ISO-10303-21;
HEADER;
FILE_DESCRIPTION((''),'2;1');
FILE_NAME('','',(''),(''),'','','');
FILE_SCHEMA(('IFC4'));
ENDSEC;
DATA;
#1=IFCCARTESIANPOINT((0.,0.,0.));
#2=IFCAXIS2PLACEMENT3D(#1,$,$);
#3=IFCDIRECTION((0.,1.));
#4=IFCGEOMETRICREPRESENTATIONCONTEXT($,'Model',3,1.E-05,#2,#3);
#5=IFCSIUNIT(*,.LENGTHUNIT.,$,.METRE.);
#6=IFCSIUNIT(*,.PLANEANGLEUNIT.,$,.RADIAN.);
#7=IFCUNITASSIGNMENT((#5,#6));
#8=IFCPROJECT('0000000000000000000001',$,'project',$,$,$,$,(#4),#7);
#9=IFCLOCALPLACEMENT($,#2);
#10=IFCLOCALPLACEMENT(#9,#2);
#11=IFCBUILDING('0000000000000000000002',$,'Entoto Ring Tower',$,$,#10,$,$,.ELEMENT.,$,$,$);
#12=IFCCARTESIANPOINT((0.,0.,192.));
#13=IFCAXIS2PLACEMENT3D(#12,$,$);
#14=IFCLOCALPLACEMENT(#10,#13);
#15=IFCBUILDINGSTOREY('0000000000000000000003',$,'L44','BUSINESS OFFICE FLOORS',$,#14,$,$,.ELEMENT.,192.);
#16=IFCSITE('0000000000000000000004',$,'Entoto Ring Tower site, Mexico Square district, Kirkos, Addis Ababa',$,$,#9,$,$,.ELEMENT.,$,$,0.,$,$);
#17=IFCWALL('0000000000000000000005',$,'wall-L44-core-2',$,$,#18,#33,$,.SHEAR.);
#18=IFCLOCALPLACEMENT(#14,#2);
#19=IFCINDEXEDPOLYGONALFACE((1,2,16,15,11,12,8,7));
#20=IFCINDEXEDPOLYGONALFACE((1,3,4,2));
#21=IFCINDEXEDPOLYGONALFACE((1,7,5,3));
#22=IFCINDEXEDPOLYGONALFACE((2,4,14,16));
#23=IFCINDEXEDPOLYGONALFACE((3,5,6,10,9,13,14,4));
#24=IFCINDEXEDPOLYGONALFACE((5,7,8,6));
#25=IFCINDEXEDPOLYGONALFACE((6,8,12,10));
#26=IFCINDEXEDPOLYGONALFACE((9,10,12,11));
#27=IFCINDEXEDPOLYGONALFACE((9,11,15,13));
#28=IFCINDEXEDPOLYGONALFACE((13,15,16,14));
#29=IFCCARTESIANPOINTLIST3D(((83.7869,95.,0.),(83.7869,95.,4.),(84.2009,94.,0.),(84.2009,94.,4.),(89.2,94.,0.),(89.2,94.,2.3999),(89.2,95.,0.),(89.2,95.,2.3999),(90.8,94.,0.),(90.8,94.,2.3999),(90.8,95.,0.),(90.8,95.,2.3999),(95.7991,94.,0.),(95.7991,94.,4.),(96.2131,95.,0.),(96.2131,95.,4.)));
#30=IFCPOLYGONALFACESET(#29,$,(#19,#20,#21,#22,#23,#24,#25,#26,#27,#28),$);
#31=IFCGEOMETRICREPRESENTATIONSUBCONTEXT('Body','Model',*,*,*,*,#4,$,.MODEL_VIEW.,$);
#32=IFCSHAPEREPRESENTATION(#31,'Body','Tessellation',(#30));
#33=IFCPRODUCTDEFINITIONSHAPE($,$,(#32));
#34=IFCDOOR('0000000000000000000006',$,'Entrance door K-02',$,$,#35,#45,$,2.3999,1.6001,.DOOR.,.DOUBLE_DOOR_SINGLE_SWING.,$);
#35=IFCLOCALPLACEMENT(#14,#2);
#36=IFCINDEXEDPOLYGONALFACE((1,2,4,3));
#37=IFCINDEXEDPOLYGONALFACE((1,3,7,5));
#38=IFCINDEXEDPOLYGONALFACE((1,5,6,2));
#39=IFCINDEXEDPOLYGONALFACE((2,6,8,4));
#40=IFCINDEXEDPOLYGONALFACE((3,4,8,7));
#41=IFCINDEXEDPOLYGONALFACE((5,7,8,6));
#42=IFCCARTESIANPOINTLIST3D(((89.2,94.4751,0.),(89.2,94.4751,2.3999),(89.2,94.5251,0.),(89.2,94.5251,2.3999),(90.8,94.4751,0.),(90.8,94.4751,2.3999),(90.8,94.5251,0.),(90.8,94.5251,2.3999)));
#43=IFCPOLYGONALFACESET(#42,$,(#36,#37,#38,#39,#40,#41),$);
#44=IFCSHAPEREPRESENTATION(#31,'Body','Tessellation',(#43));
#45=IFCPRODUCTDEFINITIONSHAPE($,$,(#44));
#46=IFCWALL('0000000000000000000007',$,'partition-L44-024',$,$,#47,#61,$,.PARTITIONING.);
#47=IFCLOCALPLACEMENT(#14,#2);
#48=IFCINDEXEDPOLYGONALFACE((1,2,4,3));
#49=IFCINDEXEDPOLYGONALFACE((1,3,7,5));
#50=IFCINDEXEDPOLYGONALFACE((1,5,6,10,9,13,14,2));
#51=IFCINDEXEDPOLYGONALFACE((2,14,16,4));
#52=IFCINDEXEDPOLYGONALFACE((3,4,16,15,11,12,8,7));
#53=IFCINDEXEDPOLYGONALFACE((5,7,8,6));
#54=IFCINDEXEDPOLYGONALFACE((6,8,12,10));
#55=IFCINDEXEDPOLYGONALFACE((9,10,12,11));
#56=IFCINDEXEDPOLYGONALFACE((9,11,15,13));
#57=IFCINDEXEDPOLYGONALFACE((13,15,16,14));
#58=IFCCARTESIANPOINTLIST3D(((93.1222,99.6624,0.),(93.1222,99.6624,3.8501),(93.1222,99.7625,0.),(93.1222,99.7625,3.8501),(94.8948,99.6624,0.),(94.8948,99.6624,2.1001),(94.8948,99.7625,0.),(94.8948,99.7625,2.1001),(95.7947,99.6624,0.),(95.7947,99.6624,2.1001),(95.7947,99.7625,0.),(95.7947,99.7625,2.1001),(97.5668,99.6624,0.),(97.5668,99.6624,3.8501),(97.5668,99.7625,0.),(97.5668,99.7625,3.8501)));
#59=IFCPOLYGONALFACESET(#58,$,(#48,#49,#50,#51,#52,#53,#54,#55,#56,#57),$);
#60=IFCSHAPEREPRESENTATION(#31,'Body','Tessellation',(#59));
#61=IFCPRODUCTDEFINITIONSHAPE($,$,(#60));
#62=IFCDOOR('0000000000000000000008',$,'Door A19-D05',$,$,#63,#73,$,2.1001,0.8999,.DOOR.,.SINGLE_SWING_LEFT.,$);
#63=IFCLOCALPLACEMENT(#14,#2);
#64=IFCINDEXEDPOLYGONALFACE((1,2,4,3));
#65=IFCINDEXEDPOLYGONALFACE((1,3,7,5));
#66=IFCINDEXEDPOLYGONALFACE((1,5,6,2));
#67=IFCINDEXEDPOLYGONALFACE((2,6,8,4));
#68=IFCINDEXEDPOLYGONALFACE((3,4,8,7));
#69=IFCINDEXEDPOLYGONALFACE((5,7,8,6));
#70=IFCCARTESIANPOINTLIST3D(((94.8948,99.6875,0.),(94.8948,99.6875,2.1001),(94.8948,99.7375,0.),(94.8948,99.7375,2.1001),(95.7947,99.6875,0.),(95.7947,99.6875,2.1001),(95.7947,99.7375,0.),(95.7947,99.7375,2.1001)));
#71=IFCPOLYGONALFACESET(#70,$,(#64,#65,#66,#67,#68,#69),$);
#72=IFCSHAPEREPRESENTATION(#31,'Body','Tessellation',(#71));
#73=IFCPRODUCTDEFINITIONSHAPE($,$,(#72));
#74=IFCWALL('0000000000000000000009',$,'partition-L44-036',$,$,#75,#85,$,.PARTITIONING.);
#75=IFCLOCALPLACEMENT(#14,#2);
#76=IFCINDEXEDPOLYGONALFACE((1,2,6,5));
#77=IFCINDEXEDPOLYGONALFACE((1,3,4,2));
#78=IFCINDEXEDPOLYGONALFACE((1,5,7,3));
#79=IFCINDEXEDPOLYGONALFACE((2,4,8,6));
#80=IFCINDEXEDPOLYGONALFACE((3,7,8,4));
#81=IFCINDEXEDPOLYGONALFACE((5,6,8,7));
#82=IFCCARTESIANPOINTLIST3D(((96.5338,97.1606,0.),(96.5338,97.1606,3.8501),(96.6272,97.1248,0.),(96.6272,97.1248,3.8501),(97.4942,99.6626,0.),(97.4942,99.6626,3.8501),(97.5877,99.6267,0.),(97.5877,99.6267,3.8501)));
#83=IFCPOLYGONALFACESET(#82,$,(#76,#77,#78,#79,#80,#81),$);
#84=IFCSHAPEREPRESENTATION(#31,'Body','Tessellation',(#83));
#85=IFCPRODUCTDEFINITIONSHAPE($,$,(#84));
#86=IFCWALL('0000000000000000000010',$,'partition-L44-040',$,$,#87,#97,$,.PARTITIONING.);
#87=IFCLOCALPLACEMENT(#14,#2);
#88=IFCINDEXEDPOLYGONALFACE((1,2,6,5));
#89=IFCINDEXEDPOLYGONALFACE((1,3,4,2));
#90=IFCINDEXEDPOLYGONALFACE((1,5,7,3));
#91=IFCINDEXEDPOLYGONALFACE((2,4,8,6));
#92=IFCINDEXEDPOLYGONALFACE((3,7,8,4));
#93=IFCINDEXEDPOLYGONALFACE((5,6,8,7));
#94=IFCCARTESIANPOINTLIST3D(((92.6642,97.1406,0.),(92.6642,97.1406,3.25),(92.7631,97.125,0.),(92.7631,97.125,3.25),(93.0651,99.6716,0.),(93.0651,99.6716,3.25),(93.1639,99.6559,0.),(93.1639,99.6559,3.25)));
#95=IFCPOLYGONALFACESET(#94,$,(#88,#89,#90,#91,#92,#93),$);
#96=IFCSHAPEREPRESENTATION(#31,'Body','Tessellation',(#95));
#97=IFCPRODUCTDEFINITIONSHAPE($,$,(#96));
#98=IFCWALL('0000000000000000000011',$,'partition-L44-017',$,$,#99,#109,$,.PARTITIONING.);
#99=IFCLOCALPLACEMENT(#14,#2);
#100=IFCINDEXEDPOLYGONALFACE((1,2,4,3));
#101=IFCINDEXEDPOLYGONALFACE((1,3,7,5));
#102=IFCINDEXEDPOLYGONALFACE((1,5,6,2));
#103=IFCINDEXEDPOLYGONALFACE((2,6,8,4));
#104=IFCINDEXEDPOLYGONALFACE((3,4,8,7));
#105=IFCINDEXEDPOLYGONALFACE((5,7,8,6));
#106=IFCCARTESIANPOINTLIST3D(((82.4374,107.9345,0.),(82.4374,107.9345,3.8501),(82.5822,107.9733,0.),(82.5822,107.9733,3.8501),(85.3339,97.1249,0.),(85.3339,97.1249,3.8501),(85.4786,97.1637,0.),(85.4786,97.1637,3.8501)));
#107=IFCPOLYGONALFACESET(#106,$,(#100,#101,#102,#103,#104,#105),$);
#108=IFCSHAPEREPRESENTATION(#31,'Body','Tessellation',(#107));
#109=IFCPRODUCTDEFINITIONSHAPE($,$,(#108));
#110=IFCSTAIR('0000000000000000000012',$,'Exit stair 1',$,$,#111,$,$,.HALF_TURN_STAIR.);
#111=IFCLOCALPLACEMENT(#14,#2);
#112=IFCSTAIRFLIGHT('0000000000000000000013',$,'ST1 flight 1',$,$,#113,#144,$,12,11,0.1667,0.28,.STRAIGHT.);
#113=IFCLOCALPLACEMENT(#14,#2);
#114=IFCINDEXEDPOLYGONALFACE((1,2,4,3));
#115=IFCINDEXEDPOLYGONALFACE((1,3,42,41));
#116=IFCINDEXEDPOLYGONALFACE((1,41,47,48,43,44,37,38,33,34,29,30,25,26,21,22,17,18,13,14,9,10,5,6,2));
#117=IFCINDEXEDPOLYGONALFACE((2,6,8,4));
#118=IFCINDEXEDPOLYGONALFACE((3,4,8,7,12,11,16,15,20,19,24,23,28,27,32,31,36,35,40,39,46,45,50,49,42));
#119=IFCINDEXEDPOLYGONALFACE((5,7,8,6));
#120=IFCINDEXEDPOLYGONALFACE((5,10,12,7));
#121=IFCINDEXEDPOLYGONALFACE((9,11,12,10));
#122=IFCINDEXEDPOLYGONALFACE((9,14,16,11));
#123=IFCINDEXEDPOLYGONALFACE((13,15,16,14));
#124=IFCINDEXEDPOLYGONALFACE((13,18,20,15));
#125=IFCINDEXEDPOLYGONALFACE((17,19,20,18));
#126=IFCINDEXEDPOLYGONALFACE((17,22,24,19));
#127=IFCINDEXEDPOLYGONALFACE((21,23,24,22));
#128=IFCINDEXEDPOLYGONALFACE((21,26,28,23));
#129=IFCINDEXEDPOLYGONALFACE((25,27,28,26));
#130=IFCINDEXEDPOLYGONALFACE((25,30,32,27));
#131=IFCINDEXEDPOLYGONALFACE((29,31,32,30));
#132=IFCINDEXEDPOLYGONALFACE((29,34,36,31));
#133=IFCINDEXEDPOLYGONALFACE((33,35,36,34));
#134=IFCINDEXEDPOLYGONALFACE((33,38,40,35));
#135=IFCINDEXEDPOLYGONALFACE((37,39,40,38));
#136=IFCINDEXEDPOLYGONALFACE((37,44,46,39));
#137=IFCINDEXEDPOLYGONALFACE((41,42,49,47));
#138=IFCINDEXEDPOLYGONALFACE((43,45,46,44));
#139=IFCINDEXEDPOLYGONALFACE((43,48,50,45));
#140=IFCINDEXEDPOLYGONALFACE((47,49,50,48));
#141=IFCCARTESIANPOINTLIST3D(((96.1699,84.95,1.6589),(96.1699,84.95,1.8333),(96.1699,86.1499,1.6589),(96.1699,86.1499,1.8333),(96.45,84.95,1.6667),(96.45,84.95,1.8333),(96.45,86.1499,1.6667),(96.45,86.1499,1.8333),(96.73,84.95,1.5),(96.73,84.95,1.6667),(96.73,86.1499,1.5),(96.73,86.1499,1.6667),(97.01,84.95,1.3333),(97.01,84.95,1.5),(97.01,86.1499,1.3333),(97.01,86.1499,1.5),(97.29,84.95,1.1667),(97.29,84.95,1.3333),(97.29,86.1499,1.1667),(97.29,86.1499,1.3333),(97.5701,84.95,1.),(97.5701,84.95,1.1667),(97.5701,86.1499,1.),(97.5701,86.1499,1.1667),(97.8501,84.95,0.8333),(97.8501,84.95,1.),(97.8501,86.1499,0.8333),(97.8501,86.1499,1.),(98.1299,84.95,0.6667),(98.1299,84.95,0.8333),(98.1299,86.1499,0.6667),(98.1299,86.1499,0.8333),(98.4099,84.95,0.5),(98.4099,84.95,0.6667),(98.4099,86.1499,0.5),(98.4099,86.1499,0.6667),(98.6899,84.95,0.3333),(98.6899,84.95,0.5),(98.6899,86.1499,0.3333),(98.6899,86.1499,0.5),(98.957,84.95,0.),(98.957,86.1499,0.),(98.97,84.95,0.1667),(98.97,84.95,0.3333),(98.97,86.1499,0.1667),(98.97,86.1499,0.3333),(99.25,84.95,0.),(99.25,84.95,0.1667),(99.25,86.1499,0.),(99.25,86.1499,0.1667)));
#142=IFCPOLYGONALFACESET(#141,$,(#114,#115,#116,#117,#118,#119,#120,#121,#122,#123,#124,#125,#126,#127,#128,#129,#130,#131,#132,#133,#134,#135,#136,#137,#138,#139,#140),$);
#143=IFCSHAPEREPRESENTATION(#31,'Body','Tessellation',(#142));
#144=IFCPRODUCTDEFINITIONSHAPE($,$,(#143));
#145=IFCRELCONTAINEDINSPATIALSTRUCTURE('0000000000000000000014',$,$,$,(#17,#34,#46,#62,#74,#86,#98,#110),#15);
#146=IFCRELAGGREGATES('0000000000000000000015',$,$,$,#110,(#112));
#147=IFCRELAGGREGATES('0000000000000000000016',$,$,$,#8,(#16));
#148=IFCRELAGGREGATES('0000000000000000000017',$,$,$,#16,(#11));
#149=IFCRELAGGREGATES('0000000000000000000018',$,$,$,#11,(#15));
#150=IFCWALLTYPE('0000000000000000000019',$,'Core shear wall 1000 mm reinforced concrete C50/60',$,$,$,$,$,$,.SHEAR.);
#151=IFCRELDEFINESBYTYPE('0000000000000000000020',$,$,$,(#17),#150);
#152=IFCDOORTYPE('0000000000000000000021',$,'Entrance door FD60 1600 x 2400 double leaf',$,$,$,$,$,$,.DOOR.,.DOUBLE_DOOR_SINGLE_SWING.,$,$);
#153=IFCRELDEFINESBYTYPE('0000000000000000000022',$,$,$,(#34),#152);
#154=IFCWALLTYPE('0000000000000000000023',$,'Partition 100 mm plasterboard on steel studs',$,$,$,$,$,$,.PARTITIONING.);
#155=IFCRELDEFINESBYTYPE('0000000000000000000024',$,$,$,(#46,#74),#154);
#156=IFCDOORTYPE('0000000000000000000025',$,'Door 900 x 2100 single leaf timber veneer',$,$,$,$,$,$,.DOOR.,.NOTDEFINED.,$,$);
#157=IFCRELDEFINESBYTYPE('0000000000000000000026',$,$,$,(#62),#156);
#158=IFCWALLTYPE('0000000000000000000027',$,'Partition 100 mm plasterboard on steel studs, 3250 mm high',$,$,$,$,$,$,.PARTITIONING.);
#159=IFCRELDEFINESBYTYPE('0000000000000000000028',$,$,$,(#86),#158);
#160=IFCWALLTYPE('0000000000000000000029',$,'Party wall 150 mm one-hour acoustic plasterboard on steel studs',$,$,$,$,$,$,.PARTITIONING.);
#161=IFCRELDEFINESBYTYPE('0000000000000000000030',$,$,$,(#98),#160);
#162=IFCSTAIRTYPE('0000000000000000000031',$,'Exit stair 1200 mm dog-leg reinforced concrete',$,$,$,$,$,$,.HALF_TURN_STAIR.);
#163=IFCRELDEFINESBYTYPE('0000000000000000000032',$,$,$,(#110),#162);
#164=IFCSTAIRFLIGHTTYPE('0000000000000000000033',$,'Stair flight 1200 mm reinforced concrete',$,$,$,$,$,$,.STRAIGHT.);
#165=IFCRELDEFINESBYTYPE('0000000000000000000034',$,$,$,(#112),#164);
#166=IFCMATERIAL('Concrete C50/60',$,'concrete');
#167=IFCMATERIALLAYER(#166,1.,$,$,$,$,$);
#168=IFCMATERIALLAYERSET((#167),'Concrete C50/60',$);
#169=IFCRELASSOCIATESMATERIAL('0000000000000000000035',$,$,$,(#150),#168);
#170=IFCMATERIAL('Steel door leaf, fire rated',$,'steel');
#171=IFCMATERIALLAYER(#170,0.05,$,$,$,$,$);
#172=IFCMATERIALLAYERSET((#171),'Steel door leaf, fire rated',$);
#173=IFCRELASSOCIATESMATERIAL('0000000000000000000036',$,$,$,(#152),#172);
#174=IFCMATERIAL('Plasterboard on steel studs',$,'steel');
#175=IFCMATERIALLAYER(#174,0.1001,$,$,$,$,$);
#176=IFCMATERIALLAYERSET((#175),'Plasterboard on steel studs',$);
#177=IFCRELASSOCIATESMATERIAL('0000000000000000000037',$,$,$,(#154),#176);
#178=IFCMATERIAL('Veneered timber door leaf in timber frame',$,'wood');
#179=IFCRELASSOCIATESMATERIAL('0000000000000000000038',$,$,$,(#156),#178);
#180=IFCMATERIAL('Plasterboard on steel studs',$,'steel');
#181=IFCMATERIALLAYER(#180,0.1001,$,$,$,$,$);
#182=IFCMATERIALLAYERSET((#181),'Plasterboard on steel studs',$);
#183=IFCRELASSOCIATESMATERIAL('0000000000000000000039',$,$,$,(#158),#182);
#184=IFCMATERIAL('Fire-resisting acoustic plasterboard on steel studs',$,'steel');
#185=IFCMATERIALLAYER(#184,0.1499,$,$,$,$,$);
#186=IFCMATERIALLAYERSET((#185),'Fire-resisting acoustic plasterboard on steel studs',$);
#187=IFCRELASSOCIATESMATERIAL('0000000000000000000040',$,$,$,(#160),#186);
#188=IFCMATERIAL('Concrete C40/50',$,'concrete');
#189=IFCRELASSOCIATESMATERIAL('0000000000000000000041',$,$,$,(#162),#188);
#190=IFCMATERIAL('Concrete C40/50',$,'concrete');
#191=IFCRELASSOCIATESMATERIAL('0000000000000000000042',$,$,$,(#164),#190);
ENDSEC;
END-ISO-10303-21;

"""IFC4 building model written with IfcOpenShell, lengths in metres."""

from ifc_helpers import new_model, si_unit, direction, frame, frame_2d, origin, place, context, subcontext, project, spatial, polyline, rectangle, outline, extrude, material, layer, layer_set, type_object, element, fill, aggregate, save


model = new_model("IFC4")

# Units and contexts
model_context = context("Model", 3, precision=1e-05, world=origin(), true_north=direction((0.0, 1.0)))
body_context = subcontext(model_context, "Body", "Model", "MODEL_VIEW")
ifc_project = project(units=[si_unit("LENGTHUNIT", "METRE"), si_unit("PLANEANGLEUNIT", "RADIAN")], contexts=[model_context])

# Site, building, storey
site_placement = place(None, origin())
site = spatial("IfcSite", under=ifc_project, at=site_placement, Name="Entoto Ring Tower site, Mexico Square district, Kirkos, Addis Ababa", CompositionType="ELEMENT", RefElevation=0.0)
building_placement = place(site_placement, origin())
building = spatial("IfcBuilding", under=site, at=building_placement, Name="Entoto Ring Tower", CompositionType="ELEMENT")
storey_placement = place(building_placement, frame((0.0, 0.0, 192.0)))
storey = spatial("IfcBuildingStorey", under=building, at=storey_placement, Name="L44", Description="BUSINESS OFFICE FLOORS", CompositionType="ELEMENT", Elevation=192.0)

# Walls, openings, doors
ifc_material_1 = material(Name="Concrete C50/60", Category="concrete")
ifc_layer_1 = layer(ifc_material_1, 1.0)
ifc_layer_set_1 = layer_set([ifc_layer_1], Name="Concrete C50/60")
wall_type_1 = type_object("IfcWallType", Name="Core shear wall 1000 mm reinforced concrete C50/60", PredefinedType="SHEAR", material=ifc_layer_set_1)
wall_1_placement = place(storey_placement, frame((96.0061, 94.5, 0.0), z_axis=(0.0, 0.0, 1.0), x_axis=(-1.0, 0.0, 0.0)))
wall_1 = element("IfcWall", 1, at=wall_1_placement, inside=storey, type_object=wall_type_1, Name="wall-L44-core-2", PredefinedType="SHEAR", context=body_context, shape_type="SweptSolid", body=[
    extrude(outline(polyline([(-0.207, -0.5), (12.2192, -0.5), (11.8052, 0.5), (0.207, 0.5), (-0.207, -0.5)])), origin(), (0.0, 0.0, 1.0), 4.0),
])
opening_1_placement = place(wall_1_placement, frame((5.2061, 0.0, 0.0)))
opening_1 = element("IfcOpeningElement", 2, at=opening_1_placement, cuts=wall_1, PredefinedType="OPENING", context=body_context, shape_type="SweptSolid", body=[
    extrude(rectangle(XDim=1.6001, YDim=2.3999, at=frame_2d((0.8, 1.2))), frame((0.0, 0.51, 0.0), z_axis=(0.0, -1.0, 0.0), x_axis=(1.0, 0.0, 0.0)), (0.0, 0.0, 1.0), 1.02),
])
ifc_material_2 = material(Name="Steel door leaf, fire rated", Category="steel")
ifc_layer_2 = layer(ifc_material_2, 0.05)
ifc_layer_set_2 = layer_set([ifc_layer_2], Name="Steel door leaf, fire rated")
door_type_1 = type_object("IfcDoorType", Name="Entrance door FD60 1600 x 2400 double leaf", OperationType="DOUBLE_DOOR_SINGLE_SWING", PredefinedType="DOOR", material=ifc_layer_set_2)
door_1_placement = place(opening_1_placement, origin())
door_1 = element("IfcDoor", 3, at=door_1_placement, inside=storey, type_object=door_type_1, Name="Entrance door K-02", OperationType="DOUBLE_DOOR_SINGLE_SWING", OverallHeight=2.3999, OverallWidth=1.6001, PredefinedType="DOOR", context=body_context, shape_type="SweptSolid", body=[
    extrude(rectangle(XDim=1.6001, YDim=2.3999, at=frame_2d((0.8, 1.2))), frame((0.0, 0.0249, 0.0), z_axis=(0.0, -1.0, 0.0), x_axis=(1.0, 0.0, 0.0)), (0.0, 0.0, 1.0), 0.05),
])
fill(opening_1, door_1)
ifc_material_3 = material(Name="Plasterboard on steel studs", Category="steel")
ifc_layer_3 = layer(ifc_material_3, 0.1001)
ifc_layer_set_3 = layer_set([ifc_layer_3], Name="Plasterboard on steel studs")
wall_type_2 = type_object("IfcWallType", Name="Partition 100 mm plasterboard on steel studs", PredefinedType="PARTITIONING", material=ifc_layer_set_3)
wall_2_placement = place(storey_placement, frame((93.1223, 99.7124, 0.0), z_axis=(0.0, 0.0, 1.0), x_axis=(1.0, 0.0, 0.0)))
wall_2 = element("IfcWall", 4, at=wall_2_placement, inside=storey, type_object=wall_type_2, Name="partition-L44-024", PredefinedType="PARTITIONING", context=body_context, shape_type="SweptSolid", body=[
    extrude(rectangle(XDim=4.4446, YDim=0.1001, at=frame_2d((2.2222, 0.0))), origin(), (0.0, 0.0, 1.0), 3.8501),
])
opening_2_placement = place(wall_2_placement, frame((1.7725, 0.0, 0.0)))
opening_2 = element("IfcOpeningElement", 5, at=opening_2_placement, cuts=wall_2, PredefinedType="OPENING", context=body_context, shape_type="SweptSolid", body=[
    extrude(rectangle(XDim=0.8999, YDim=2.1001, at=frame_2d((0.45, 1.05))), frame((0.0, 0.0601, 0.0), z_axis=(0.0, -1.0, 0.0), x_axis=(1.0, 0.0, 0.0)), (0.0, 0.0, 1.0), 0.1201),
])
ifc_material_4 = material(Name="Veneered timber door leaf in timber frame", Category="wood")
door_type_2 = type_object("IfcDoorType", Name="Door 900 x 2100 single leaf timber veneer", OperationType="NOTDEFINED", PredefinedType="DOOR", material=ifc_material_4)
door_2_placement = place(opening_2_placement, frame((0.8999, 0.0, 0.0), z_axis=(0.0, 0.0, 1.0), x_axis=(-1.0, 0.0, 0.0)))
door_2 = element("IfcDoor", 6, at=door_2_placement, inside=storey, type_object=door_type_2, Name="Door A19-D05", OperationType="SINGLE_SWING_LEFT", OverallHeight=2.1001, OverallWidth=0.8999, PredefinedType="DOOR", context=body_context, shape_type="SweptSolid", body=[
    extrude(rectangle(XDim=0.8999, YDim=2.1001, at=frame_2d((0.45, 1.05))), frame((0.0, 0.0249, 0.0), z_axis=(0.0, -1.0, 0.0), x_axis=(1.0, 0.0, 0.0)), (0.0, 0.0, 1.0), 0.05),
])
fill(opening_2, door_2)

# Walls
wall_3_placement = place(storey_placement, frame((96.5806, 97.1428, 0.0), z_axis=(0.0, 0.0, 1.0), x_axis=(0.358381, 0.933576, 0.0)))
element("IfcWall", 7, at=wall_3_placement, inside=storey, type_object=wall_type_2, Name="partition-L44-036", PredefinedType="PARTITIONING", context=body_context, shape_type="SweptSolid", body=[
    extrude(rectangle(XDim=2.6799, YDim=0.1001, at=frame_2d((1.3398, 0.0))), origin(), (0.0, 0.0, 1.0), 3.8501),
])
ifc_material_5 = material(Name="Plasterboard on steel studs", Category="steel")
ifc_layer_4 = layer(ifc_material_5, 0.1001)
ifc_layer_set_4 = layer_set([ifc_layer_4], Name="Plasterboard on steel studs")
wall_type_3 = type_object("IfcWallType", Name="Partition 100 mm plasterboard on steel studs, 3250 mm high", PredefinedType="PARTITIONING", material=ifc_layer_set_4)
wall_4_placement = place(storey_placement, frame((92.7136, 97.1328, 0.0), z_axis=(0.0, 0.0, 1.0), x_axis=(0.156437, 0.987688, 0.0)))
element("IfcWall", 8, at=wall_4_placement, inside=storey, type_object=wall_type_3, Name="partition-L44-040", PredefinedType="PARTITIONING", context=body_context, shape_type="SweptSolid", body=[
    extrude(rectangle(XDim=2.5625, YDim=0.1001, at=frame_2d((1.2812, 0.0))), origin(), (0.0, 0.0, 1.0), 3.25),
])
ifc_material_6 = material(Name="Fire-resisting acoustic plasterboard on steel studs", Category="steel")
ifc_layer_5 = layer(ifc_material_6, 0.1499)
ifc_layer_set_5 = layer_set([ifc_layer_5], Name="Fire-resisting acoustic plasterboard on steel studs")
wall_type_4 = type_object("IfcWallType", Name="Party wall 150 mm one-hour acoustic plasterboard on steel studs", PredefinedType="PARTITIONING", material=ifc_layer_set_5)
wall_5_placement = place(storey_placement, frame((85.4062, 97.1443, 0.0), z_axis=(0.0, 0.0, 1.0), x_axis=(-0.258825, 0.965924, 0.0)))
element("IfcWall", 9, at=wall_5_placement, inside=storey, type_object=wall_type_4, Name="partition-L44-017", PredefinedType="PARTITIONING", context=body_context, shape_type="SweptSolid", body=[
    extrude(rectangle(XDim=11.1909, YDim=0.1499, at=frame_2d((5.5955, 0.0))), origin(), (0.0, 0.0, 1.0), 3.8501),
])

# Stair, stair flight
ifc_material_7 = material(Name="Concrete C40/50", Category="concrete")
stair_type = type_object("IfcStairType", Name="Exit stair 1200 mm dog-leg reinforced concrete", PredefinedType="HALF_TURN_STAIR", material=ifc_material_7)
stair_placement = place(storey_placement, origin())
stair = element("IfcStair", 10, at=stair_placement, inside=storey, type_object=stair_type, Name="Exit stair 1", PredefinedType="HALF_TURN_STAIR")
ifc_material_8 = material(Name="Concrete C40/50", Category="concrete")
stair_flight_type = type_object("IfcStairFlightType", Name="Stair flight 1200 mm reinforced concrete", PredefinedType="STRAIGHT", material=ifc_material_8)
stair_flight_1_placement = place(storey_placement, frame((99.25, 85.55, 0.0), z_axis=(0.0, 0.0, 1.0), x_axis=(-1.0, 0.0, 0.0)))
stair_flight_1 = element("IfcStairFlight", 11, at=stair_flight_1_placement, type_object=stair_flight_type, Name="ST1 flight 1", NumberOfRisers=12, NumberOfTreads=11, PredefinedType="STRAIGHT", RiserHeight=0.1667, TreadLength=0.28, context=body_context, shape_type="SweptSolid", body=[
    extrude(outline(polyline([(0.0, 0.0), (0.0, 0.1667), (0.28, 0.1667), (0.28, 0.3333), (0.5601, 0.3333), (0.5601, 0.5), (0.8401, 0.5), (0.8401, 0.6667), (1.1201, 0.6667), (1.1201, 0.8333), (1.3999, 0.8333), (1.3999, 1.0), (1.6799, 1.0), (1.6799, 1.1667), (1.96, 1.1667), (1.96, 1.3333), (2.24, 1.3333), (2.24, 1.5), (2.52, 1.5), (2.52, 1.6667), (2.8, 1.6667), (2.8, 1.8333), (3.0801, 1.8333), (3.0801, 2.0), (3.0801, 1.6589), (0.293, 0.0), (0.0, 0.0)])), frame((0.0, 0.6001, 0.0), z_axis=(0.0, -1.0, 0.0), x_axis=(1.0, 0.0, 0.0)), (0.0, 0.0, 1.0), 1.2),
])
aggregate(stair, [stair_flight_1])

save(model, "model.ifc")
